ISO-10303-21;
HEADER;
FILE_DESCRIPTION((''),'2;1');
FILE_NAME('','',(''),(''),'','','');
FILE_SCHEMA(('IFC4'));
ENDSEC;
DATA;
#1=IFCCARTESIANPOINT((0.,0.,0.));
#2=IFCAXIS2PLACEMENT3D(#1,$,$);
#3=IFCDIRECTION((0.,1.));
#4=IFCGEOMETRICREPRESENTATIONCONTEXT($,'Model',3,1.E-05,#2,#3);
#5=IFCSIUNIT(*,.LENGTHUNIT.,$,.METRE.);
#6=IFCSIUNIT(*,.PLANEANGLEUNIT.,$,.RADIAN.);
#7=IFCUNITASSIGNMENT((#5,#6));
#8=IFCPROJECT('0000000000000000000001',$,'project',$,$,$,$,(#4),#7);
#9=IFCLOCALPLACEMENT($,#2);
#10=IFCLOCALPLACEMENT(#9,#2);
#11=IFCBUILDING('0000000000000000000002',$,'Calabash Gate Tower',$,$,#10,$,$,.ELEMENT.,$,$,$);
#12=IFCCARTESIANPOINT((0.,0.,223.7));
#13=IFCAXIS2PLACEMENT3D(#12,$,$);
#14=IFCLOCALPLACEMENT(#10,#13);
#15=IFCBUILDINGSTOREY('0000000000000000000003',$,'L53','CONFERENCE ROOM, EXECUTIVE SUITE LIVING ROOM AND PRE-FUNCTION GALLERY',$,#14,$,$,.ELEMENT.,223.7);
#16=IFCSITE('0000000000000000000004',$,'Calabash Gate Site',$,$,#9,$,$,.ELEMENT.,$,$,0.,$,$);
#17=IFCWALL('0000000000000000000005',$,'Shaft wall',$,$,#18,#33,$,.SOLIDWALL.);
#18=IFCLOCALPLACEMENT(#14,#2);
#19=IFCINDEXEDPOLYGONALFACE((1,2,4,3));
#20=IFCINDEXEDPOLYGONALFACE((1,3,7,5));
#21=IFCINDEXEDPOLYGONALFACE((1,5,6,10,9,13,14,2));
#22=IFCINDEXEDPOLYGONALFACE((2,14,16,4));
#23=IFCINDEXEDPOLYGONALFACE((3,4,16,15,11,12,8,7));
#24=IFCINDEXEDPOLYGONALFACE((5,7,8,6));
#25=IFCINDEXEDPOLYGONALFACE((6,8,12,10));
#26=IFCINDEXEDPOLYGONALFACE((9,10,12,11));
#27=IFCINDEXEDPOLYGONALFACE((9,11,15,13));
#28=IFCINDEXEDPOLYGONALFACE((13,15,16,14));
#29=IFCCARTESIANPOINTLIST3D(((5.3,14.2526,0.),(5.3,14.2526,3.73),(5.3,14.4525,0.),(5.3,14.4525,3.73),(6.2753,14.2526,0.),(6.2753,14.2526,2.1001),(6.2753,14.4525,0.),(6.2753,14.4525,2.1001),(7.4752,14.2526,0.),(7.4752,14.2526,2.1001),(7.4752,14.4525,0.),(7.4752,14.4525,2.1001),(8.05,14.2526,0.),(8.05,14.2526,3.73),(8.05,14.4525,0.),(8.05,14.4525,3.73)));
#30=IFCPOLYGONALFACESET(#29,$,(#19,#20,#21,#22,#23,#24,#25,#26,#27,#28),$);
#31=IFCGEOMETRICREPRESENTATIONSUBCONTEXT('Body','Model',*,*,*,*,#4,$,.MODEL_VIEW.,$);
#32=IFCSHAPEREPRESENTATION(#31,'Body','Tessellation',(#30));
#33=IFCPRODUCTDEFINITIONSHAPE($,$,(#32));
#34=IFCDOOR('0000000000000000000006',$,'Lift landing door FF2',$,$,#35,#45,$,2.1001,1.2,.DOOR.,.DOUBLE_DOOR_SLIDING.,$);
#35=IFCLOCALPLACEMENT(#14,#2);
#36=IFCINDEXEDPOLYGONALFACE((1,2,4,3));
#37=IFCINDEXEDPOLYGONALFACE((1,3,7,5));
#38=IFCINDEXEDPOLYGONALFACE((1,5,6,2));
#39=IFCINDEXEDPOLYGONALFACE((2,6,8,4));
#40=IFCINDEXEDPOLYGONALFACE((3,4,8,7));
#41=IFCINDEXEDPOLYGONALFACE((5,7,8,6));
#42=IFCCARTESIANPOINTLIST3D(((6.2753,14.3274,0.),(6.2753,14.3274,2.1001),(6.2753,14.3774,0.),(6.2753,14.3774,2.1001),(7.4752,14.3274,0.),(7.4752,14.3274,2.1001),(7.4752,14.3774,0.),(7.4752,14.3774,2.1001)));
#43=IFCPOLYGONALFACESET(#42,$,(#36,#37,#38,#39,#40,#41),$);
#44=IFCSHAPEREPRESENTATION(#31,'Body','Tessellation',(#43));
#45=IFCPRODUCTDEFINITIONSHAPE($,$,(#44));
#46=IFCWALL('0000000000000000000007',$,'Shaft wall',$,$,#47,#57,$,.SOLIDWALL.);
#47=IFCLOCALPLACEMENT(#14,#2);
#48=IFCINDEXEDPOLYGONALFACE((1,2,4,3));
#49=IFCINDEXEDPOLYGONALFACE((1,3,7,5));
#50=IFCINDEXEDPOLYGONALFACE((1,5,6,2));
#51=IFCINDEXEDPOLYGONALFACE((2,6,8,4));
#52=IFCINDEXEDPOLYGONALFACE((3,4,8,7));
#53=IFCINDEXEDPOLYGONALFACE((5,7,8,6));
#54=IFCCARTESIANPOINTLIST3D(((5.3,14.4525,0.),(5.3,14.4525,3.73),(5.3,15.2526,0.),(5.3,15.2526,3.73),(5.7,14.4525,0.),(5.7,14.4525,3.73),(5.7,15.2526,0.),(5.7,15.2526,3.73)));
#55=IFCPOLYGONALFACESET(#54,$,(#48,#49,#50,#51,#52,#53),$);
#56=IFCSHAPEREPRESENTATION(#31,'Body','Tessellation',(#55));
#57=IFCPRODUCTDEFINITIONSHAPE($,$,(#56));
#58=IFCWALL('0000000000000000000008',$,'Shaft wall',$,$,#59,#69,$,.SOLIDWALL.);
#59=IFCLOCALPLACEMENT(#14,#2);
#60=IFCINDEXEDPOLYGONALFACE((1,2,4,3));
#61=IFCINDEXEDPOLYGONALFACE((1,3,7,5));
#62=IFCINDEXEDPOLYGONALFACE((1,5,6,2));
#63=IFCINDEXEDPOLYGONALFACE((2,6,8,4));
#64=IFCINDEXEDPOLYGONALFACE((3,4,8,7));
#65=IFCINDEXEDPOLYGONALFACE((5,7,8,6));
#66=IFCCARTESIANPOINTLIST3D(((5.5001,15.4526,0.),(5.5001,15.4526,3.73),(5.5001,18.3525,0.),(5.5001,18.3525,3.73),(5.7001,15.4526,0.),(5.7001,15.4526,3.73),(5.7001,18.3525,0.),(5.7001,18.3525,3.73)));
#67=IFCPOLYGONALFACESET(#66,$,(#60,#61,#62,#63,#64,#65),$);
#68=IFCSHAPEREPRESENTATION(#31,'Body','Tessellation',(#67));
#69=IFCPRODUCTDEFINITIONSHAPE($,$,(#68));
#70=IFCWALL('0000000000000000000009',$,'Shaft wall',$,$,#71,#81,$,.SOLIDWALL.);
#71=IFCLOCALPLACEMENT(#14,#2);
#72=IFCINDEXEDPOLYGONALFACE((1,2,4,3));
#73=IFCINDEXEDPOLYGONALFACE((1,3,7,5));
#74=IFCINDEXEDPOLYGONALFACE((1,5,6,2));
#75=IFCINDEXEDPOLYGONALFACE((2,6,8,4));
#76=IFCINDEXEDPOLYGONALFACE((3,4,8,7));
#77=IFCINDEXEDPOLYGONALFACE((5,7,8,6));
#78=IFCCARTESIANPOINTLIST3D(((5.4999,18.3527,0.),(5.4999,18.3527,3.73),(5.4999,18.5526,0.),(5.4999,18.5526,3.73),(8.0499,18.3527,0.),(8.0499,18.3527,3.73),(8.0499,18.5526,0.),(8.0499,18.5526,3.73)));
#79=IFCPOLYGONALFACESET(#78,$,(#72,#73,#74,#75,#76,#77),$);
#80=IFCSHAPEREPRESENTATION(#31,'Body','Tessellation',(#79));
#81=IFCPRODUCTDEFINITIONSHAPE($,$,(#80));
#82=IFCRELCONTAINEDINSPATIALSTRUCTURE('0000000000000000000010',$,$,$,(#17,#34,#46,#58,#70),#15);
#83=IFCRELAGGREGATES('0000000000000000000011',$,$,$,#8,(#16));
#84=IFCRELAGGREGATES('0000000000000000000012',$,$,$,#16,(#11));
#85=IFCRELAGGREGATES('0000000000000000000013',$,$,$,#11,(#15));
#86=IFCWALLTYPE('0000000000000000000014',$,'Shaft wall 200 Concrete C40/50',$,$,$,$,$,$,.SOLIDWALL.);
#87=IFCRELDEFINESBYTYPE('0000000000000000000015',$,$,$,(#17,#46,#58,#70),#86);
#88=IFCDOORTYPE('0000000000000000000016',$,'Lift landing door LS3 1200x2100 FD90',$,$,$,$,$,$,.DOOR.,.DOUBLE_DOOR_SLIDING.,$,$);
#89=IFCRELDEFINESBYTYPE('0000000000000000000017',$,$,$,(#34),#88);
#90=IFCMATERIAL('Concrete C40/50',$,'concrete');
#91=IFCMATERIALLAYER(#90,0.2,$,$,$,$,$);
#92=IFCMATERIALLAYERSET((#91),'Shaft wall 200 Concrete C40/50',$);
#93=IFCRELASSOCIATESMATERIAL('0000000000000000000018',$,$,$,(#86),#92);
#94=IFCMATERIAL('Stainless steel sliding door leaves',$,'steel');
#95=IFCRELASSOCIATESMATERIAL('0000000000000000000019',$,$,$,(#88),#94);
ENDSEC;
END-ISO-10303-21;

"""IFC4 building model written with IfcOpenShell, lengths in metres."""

from ifc_helpers import new_model, si_unit, direction, frame, frame_2d, origin, place, context, subcontext, project, spatial, rectangle, extrude, material, layer, layer_set, type_object, element, fill, save


model = new_model("IFC4")

# Units and contexts
model_context = context("Model", 3, precision=1e-05, world=origin(), true_north=direction((0.0, 1.0)))
body_context = subcontext(model_context, "Body", "Model", "MODEL_VIEW")
ifc_project = project(units=[si_unit("LENGTHUNIT", "METRE"), si_unit("PLANEANGLEUNIT", "RADIAN")], contexts=[model_context])

# Site, building, storey
site_placement = place(None, origin())
site = spatial("IfcSite", under=ifc_project, at=site_placement, Name="Calabash Gate Site", CompositionType="ELEMENT", RefElevation=0.0)
building_placement = place(site_placement, origin())
building = spatial("IfcBuilding", under=site, at=building_placement, Name="Calabash Gate Tower", CompositionType="ELEMENT")
storey_placement = place(building_placement, frame((0.0, 0.0, 223.7)))
storey = spatial("IfcBuildingStorey", under=building, at=storey_placement, Name="L53", Description="CONFERENCE ROOM, EXECUTIVE SUITE LIVING ROOM AND PRE-FUNCTION GALLERY", CompositionType="ELEMENT", Elevation=223.7)

# Shared definitions
ifc_material_1 = material(Name="Concrete C40/50", Category="concrete")
ifc_layer_1 = layer(ifc_material_1, 0.2)
ifc_layer_set_1 = layer_set([ifc_layer_1], Name="Shaft wall 200 Concrete C40/50")
wall_type_1 = type_object("IfcWallType", Name="Shaft wall 200 Concrete C40/50", PredefinedType="SOLIDWALL", material=ifc_layer_set_1)

# Wall, opening, door
wall_1_placement = place(storey_placement, frame((5.3, 14.3525, 0.0), z_axis=(0.0, 0.0, 1.0), x_axis=(1.0, 0.0, 0.0)))
wall_1 = element("IfcWall", 1, at=wall_1_placement, inside=storey, type_object=wall_type_1, Name="Shaft wall", PredefinedType="SOLIDWALL", context=body_context, shape_type="SweptSolid", body=[
    extrude(rectangle(XDim=2.75, YDim=0.2, at=frame_2d((1.375, 0.0))), origin(), (0.0, 0.0, 1.0), 3.73),
])
opening_1_placement = place(wall_1_placement, frame((0.9751, 0.0, 0.0)))
opening_1 = element("IfcOpeningElement", 2, at=opening_1_placement, cuts=wall_1, PredefinedType="OPENING", context=body_context, shape_type="SweptSolid", body=[
    extrude(rectangle(XDim=1.2, YDim=2.1001, at=frame_2d((0.6001, 1.05))), frame((0.0, 0.1099, 0.0), z_axis=(0.0, -1.0, 0.0), x_axis=(1.0, 0.0, 0.0)), (0.0, 0.0, 1.0), 0.22),
])
ifc_material_2 = material(Name="Stainless steel sliding door leaves", Category="steel")
door_type_1 = type_object("IfcDoorType", Name="Lift landing door LS3 1200x2100 FD90", OperationType="DOUBLE_DOOR_SLIDING", PredefinedType="DOOR", material=ifc_material_2)
door_1_placement = place(opening_1_placement, origin())
door_1 = element("IfcDoor", 3, at=door_1_placement, inside=storey, type_object=door_type_1, Name="Lift landing door FF2", OperationType="DOUBLE_DOOR_SLIDING", OverallHeight=2.1001, OverallWidth=1.2, PredefinedType="DOOR", context=body_context, shape_type="SweptSolid", body=[
    extrude(rectangle(XDim=1.2, YDim=2.1001, at=frame_2d((0.6001, 1.05))), frame((0.0, 0.0249, 0.0), z_axis=(0.0, -1.0, 0.0), x_axis=(1.0, 0.0, 0.0)), (0.0, 0.0, 1.0), 0.05),
])
fill(opening_1, door_1)

# Walls
wall_2_placement = place(storey_placement, frame((5.5, 14.4526, 0.0), z_axis=(0.0, 0.0, 1.0), x_axis=(0.0, 1.0, 0.0)))
element("IfcWall", 4, at=wall_2_placement, inside=storey, type_object=wall_type_1, Name="Shaft wall", PredefinedType="SOLIDWALL", context=body_context, shape_type="SweptSolid", body=[
    extrude(rectangle(XDim=0.8, YDim=0.3999, at=frame_2d((0.3999, 0.0))), origin(), (0.0, 0.0, 1.0), 3.73),
])
wall_3_placement = place(storey_placement, frame((5.6001, 15.4526, 0.0), z_axis=(0.0, 0.0, 1.0), x_axis=(0.0, 1.0, 0.0)))
element("IfcWall", 5, at=wall_3_placement, inside=storey, type_object=wall_type_1, Name="Shaft wall", PredefinedType="SOLIDWALL", context=body_context, shape_type="SweptSolid", body=[
    extrude(rectangle(XDim=2.8999, YDim=0.2, at=frame_2d((1.45, 0.0))), origin(), (0.0, 0.0, 1.0), 3.73),
])
wall_4_placement = place(storey_placement, frame((5.5, 18.4526, 0.0), z_axis=(0.0, 0.0, 1.0), x_axis=(1.0, 0.0, 0.0)))
element("IfcWall", 6, at=wall_4_placement, inside=storey, type_object=wall_type_1, Name="Shaft wall", PredefinedType="SOLIDWALL", context=body_context, shape_type="SweptSolid", body=[
    extrude(rectangle(XDim=2.55, YDim=0.2, at=frame_2d((1.2749, 0.0))), origin(), (0.0, 0.0, 1.0), 3.73),
])

save(model, "model.ifc")
